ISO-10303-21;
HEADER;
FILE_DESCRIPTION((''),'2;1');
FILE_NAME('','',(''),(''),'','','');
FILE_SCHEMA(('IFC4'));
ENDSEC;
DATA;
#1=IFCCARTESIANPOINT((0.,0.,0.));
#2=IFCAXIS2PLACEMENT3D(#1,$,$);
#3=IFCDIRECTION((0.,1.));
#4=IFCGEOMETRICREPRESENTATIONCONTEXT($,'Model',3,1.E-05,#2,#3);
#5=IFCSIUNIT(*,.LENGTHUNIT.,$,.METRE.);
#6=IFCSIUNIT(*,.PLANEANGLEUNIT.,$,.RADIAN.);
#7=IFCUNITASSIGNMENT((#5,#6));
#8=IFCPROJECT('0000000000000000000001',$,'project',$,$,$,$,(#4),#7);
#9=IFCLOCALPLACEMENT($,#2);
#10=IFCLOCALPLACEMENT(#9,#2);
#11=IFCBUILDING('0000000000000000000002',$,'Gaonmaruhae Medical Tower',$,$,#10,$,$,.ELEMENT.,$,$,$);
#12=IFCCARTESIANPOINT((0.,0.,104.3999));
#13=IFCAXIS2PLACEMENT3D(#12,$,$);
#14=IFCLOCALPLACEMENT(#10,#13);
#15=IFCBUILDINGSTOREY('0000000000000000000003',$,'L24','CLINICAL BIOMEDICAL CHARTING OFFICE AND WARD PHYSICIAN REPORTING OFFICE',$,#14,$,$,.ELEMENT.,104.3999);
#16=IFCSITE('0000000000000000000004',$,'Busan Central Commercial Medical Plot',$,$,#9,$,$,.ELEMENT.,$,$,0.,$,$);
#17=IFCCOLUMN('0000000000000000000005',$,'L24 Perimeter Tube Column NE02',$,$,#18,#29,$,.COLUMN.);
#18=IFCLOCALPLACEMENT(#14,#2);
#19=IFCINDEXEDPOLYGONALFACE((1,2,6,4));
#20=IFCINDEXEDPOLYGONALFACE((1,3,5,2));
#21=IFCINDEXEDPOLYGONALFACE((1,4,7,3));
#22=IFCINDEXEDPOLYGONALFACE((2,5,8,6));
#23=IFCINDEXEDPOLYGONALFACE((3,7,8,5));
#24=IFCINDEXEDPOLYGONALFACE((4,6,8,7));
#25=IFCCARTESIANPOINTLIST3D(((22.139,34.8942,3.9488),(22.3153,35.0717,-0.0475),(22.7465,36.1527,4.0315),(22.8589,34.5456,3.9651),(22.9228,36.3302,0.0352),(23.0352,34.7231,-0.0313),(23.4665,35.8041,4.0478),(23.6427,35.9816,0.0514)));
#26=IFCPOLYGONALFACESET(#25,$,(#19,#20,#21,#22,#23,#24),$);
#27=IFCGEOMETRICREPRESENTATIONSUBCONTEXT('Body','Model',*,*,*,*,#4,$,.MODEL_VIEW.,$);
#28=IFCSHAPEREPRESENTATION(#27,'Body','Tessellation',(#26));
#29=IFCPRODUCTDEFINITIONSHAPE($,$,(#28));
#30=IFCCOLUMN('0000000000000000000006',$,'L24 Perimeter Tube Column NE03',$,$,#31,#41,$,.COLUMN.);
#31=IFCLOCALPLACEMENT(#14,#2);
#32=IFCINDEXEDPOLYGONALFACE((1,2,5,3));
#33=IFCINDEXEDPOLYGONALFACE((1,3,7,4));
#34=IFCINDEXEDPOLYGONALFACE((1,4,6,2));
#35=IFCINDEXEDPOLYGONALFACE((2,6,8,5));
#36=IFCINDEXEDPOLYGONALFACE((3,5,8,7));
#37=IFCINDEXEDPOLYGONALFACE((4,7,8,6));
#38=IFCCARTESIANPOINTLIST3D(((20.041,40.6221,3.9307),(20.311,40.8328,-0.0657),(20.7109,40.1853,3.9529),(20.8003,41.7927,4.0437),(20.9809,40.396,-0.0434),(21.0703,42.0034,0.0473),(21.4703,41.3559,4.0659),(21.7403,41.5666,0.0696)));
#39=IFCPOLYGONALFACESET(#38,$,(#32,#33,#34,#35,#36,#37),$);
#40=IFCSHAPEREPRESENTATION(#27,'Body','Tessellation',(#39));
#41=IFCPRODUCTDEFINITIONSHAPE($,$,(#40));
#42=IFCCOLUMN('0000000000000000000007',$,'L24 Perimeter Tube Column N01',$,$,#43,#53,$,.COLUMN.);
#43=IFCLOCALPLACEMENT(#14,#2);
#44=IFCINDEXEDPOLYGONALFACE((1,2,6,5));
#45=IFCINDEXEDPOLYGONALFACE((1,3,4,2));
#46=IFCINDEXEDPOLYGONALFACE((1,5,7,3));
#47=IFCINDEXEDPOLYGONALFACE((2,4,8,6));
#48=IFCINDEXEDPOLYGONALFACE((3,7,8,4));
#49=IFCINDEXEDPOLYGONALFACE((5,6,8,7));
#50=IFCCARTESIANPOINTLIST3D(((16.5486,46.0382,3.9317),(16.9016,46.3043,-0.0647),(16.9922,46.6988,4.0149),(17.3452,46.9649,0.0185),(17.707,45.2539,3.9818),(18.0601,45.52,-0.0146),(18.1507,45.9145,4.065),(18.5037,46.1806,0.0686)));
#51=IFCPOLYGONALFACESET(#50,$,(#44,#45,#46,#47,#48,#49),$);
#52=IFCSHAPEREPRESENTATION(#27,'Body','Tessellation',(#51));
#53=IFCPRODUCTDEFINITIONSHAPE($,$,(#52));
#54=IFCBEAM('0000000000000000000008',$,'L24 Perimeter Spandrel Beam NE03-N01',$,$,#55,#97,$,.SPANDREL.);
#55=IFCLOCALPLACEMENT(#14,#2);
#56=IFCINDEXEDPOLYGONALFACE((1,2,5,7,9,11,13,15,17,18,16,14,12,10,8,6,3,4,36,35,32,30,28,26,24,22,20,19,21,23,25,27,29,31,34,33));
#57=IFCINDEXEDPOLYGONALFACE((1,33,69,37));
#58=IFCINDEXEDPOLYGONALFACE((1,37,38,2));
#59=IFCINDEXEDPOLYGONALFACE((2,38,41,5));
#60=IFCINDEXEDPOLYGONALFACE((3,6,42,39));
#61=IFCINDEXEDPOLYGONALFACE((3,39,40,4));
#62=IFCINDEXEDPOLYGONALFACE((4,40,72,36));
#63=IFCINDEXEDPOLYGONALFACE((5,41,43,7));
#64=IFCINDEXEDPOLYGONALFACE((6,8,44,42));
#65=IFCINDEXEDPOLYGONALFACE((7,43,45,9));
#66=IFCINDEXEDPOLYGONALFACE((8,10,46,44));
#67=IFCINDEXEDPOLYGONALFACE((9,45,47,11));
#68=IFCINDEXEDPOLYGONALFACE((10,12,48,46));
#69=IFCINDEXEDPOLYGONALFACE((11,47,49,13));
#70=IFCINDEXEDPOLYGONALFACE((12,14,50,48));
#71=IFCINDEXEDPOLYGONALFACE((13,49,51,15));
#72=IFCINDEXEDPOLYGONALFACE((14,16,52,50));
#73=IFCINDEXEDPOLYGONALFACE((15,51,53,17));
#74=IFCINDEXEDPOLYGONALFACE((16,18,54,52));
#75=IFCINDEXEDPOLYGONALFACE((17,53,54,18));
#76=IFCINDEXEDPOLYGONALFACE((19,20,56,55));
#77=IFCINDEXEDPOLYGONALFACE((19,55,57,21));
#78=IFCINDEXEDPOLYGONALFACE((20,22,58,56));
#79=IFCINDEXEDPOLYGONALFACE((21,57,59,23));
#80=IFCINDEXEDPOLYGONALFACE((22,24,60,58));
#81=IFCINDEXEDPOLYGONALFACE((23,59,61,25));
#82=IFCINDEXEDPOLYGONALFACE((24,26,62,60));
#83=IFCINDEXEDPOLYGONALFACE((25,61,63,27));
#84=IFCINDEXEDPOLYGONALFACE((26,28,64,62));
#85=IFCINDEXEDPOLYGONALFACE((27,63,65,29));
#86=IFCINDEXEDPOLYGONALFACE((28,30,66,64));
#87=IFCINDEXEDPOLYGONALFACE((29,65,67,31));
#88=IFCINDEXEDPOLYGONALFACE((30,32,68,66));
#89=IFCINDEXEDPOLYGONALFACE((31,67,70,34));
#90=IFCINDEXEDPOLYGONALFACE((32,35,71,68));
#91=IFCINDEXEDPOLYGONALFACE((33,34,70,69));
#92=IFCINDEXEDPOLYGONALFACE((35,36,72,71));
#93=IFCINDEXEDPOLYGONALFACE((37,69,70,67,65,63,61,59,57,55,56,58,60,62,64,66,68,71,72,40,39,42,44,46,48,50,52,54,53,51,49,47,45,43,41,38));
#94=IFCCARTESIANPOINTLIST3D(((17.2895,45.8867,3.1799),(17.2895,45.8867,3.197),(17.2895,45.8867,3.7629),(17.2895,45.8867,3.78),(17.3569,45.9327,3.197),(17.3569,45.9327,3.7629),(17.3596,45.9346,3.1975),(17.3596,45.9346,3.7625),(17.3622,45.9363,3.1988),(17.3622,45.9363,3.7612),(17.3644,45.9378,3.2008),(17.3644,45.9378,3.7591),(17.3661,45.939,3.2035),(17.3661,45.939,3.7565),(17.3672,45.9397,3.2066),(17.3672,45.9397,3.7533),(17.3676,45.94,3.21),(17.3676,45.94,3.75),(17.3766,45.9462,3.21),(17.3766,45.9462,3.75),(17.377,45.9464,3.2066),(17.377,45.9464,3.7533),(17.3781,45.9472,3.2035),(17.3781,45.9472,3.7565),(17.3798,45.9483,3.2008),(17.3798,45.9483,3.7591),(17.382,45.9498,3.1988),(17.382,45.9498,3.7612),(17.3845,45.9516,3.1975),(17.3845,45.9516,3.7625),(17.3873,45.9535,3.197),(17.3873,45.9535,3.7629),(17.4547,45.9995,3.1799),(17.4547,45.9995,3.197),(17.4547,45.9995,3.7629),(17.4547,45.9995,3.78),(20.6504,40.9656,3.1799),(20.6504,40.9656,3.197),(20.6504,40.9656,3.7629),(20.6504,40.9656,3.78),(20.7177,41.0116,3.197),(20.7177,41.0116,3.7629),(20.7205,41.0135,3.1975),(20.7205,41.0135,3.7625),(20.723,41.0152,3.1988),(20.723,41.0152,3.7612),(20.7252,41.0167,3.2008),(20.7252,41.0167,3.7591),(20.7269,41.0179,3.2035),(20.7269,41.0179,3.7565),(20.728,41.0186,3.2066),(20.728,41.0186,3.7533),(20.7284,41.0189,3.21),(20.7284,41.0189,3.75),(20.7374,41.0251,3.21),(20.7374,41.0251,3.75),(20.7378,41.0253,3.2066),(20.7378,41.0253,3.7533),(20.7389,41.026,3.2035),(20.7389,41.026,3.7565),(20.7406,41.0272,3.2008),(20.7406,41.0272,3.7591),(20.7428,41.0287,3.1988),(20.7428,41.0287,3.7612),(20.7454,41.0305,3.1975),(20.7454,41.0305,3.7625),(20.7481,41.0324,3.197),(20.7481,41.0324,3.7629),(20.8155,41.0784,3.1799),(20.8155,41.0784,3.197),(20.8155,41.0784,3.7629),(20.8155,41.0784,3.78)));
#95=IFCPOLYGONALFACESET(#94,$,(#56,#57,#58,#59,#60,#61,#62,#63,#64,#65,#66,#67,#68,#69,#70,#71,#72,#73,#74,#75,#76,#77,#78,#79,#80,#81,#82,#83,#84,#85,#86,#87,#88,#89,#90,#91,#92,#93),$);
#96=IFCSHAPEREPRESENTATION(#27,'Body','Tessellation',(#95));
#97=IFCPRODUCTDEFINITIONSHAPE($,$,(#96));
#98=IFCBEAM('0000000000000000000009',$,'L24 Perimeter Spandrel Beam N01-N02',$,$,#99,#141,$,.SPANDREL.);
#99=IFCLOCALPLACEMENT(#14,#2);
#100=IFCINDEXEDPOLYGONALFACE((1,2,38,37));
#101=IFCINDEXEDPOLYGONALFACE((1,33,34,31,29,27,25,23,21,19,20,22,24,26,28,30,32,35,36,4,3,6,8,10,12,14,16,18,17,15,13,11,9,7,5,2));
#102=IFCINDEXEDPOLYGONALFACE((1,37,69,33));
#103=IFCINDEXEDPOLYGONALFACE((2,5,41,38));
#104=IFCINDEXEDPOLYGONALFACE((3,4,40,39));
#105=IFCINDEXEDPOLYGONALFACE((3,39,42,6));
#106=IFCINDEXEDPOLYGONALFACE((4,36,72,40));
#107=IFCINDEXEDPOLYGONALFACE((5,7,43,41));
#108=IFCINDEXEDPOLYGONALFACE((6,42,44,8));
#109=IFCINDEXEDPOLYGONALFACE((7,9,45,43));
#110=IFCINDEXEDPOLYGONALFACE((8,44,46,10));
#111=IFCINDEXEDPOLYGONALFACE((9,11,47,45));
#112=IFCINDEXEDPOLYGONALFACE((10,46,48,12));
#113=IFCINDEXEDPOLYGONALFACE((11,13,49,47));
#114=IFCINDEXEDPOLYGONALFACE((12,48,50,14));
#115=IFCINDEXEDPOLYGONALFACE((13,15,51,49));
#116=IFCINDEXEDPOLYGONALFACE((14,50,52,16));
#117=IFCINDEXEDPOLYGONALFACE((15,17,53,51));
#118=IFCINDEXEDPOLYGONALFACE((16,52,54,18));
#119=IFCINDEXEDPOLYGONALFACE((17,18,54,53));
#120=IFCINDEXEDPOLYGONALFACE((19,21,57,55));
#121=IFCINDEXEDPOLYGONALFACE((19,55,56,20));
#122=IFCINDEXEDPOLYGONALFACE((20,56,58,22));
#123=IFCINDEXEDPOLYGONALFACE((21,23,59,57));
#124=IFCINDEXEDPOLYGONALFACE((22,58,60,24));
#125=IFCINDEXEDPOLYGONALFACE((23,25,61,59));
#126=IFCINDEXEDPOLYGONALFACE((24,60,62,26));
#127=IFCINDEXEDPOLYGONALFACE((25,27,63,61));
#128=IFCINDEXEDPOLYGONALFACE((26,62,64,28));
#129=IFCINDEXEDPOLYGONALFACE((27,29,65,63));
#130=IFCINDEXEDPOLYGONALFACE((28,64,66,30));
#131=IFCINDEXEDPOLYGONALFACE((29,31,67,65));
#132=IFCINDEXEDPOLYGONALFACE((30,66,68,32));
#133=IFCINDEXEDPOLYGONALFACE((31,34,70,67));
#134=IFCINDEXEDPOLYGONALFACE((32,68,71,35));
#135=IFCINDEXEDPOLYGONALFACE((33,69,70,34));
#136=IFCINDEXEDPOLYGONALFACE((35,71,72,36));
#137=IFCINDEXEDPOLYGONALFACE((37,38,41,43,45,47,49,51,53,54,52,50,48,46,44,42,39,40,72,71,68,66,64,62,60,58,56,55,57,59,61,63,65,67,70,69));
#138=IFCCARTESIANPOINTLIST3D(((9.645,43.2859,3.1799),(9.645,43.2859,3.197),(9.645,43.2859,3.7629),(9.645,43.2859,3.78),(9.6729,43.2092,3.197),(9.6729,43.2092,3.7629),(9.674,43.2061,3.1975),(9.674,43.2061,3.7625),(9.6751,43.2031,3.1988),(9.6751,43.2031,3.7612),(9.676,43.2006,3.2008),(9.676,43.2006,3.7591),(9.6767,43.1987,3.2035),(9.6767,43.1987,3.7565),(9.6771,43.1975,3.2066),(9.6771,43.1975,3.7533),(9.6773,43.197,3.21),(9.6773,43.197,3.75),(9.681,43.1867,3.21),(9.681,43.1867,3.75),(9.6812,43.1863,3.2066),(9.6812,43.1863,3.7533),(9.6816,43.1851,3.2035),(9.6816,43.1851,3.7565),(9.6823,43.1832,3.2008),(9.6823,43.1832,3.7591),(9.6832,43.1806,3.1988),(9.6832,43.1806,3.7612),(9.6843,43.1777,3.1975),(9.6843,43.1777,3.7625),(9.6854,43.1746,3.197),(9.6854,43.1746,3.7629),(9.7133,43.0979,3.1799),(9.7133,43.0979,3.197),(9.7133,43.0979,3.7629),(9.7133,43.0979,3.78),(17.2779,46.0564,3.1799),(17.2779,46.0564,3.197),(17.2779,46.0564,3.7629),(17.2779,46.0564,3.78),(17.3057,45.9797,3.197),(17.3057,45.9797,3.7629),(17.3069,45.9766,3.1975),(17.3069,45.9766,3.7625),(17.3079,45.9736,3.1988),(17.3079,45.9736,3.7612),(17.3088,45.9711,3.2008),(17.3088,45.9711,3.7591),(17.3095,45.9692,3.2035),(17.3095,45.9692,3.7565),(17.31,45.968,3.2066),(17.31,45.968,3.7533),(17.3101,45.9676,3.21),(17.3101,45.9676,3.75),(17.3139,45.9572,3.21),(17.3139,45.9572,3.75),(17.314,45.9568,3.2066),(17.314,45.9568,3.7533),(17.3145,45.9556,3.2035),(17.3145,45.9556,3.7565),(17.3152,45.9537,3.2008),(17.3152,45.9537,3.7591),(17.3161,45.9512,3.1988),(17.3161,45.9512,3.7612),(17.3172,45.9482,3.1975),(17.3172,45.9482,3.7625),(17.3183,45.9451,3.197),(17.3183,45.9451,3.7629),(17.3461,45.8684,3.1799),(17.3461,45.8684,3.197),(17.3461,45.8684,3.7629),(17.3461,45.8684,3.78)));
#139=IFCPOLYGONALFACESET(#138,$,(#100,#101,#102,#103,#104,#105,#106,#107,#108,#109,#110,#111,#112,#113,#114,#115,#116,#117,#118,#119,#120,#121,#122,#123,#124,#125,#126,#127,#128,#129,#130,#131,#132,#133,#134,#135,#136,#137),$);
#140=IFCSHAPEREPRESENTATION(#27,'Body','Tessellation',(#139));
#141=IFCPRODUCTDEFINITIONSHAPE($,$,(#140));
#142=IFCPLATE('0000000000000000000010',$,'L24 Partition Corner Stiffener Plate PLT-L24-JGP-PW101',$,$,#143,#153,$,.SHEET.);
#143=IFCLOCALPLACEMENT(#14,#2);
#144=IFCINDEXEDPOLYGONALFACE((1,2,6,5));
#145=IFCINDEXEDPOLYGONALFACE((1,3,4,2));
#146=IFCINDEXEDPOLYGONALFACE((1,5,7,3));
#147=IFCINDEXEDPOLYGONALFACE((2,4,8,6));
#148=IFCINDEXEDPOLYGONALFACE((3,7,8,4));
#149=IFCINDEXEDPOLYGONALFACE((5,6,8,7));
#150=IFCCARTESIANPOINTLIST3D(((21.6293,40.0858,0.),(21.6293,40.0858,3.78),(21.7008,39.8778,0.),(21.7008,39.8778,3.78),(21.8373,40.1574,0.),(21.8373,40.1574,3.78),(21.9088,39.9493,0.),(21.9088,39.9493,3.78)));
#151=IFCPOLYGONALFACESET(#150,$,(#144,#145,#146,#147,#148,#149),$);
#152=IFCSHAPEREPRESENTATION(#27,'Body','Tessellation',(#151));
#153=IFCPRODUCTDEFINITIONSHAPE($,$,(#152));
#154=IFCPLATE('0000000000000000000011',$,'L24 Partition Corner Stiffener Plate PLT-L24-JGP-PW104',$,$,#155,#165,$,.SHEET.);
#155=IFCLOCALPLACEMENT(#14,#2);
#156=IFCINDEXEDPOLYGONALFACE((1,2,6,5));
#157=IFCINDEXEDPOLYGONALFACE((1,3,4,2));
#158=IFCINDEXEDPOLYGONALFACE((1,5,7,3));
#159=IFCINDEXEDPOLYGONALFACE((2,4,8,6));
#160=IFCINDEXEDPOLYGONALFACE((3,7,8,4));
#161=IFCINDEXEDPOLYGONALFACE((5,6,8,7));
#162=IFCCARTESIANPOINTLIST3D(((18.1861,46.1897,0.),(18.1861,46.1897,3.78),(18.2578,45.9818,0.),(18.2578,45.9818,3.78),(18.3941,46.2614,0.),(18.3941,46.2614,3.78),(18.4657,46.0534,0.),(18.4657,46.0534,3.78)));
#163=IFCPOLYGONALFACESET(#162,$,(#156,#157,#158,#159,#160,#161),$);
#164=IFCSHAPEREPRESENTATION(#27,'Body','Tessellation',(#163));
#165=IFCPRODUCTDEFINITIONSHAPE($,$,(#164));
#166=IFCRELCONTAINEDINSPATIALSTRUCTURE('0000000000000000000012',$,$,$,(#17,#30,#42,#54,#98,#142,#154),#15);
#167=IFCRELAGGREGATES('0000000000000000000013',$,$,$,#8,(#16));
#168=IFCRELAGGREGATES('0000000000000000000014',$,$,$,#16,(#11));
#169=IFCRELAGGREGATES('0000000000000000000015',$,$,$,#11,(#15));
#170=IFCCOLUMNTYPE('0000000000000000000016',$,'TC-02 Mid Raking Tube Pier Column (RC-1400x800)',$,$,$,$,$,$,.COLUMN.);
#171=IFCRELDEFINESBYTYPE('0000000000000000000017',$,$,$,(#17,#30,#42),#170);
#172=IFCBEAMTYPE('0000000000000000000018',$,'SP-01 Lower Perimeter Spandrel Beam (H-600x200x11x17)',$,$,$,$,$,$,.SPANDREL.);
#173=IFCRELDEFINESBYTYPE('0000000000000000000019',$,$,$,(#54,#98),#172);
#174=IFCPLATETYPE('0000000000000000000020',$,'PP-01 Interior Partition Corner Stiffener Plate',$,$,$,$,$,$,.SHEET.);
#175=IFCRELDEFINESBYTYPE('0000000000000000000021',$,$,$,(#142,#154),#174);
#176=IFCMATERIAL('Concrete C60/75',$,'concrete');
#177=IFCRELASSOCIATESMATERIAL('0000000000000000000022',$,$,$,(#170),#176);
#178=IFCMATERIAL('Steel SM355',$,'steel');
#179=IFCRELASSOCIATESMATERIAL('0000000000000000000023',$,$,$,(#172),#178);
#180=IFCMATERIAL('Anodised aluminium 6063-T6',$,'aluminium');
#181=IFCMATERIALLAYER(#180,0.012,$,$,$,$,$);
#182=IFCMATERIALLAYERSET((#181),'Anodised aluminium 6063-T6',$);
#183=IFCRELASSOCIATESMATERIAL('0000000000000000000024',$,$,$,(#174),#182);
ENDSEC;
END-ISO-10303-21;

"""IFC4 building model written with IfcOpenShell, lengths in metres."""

from ifc_helpers import new_model, si_unit, direction, frame, origin, origin_2d, place, context, subcontext, project, spatial, rectangle, i_section, extrude, material, layer, layer_set, material_profile, profile_set, type_object, element, save


model = new_model("IFC4")

# Units and contexts
model_context = context("Model", 3, precision=1e-05, world=origin(), true_north=direction((0.0, 1.0)))
body_context = subcontext(model_context, "Body", "Model", "MODEL_VIEW")
ifc_project = project(units=[si_unit("LENGTHUNIT", "METRE"), si_unit("PLANEANGLEUNIT", "RADIAN")], contexts=[model_context])

# Site, building, storey
site_placement = place(None, origin())
site = spatial("IfcSite", under=ifc_project, at=site_placement, Name="Busan Central Commercial Medical Plot", CompositionType="ELEMENT", RefElevation=0.0)
building_placement = place(site_placement, origin())
building = spatial("IfcBuilding", under=site, at=building_placement, Name="Gaonmaruhae Medical Tower", CompositionType="ELEMENT")
storey_placement = place(building_placement, frame((0.0, 0.0, 104.3999)))
storey = spatial("IfcBuildingStorey", under=building, at=storey_placement, Name="L24", Description="CLINICAL BIOMEDICAL CHARTING OFFICE AND WARD PHYSICIAN REPORTING OFFICE", CompositionType="ELEMENT", Elevation=104.3999)

# Columns
ifc_material_1 = material(Name="Concrete C60/75", Category="concrete")
ifc_material_profile_1 = material_profile(ifc_material_1, rectangle(XDim=1.3999, YDim=0.8, at=origin_2d()), Name="RC-1400x800")
ifc_profile_set_1 = profile_set([ifc_material_profile_1], Name="Concrete C60/75")
column_type = type_object("IfcColumnType", Name="TC-02 Mid Raking Tube Pier Column (RC-1400x800)", PredefinedType="COLUMN", material=ifc_profile_set_1)
column_1_placement = place(storey_placement, frame((22.979, 35.5266, 0.002), z_axis=(-0.044022, -0.044326, 0.998047), x_axis=(0.433966, 0.898991, 0.059068)))
element("IfcColumn", 1, at=column_1_placement, inside=storey, type_object=column_type, Name="L24 Perimeter Tube Column NE02", PredefinedType="COLUMN", context=body_context, shape_type="SweptSolid", body=[
    extrude(rectangle(XDim=1.3999, YDim=0.8, at=origin_2d()), origin(), (0.0, 0.0, 1.0), 4.0042),
])
column_2_placement = place(storey_placement, frame((21.0256, 41.1997, 0.002), z_axis=(-0.06732, -0.052529, 0.996348), x_axis=(0.542435, 0.836209, 0.080737)))
element("IfcColumn", 2, at=column_2_placement, inside=storey, type_object=column_type, Name="L24 Perimeter Tube Column NE03", PredefinedType="COLUMN", context=body_context, shape_type="SweptSolid", body=[
    extrude(rectangle(XDim=1.3999, YDim=0.8, at=origin_2d()), origin(), (0.0, 0.0, 1.0), 4.011),
])
column_3_placement = place(storey_placement, frame((17.7026, 46.2424, 0.002), z_axis=(-0.087802, -0.066186, 0.993937), x_axis=(0.82755, -0.560249, 0.035797)))
element("IfcColumn", 3, at=column_3_placement, inside=storey, type_object=column_type, Name="L24 Perimeter Tube Column N01", PredefinedType="COLUMN", context=body_context, shape_type="SweptSolid", body=[
    extrude(rectangle(XDim=1.3999, YDim=0.8, at=origin_2d()), origin(), (0.0, 0.0, 1.0), 4.0208),
])

# Beams
ifc_material_2 = material(Name="Steel SM355", Category="steel")
ifc_material_profile_2 = material_profile(ifc_material_2, i_section(OverallWidth=0.2, OverallDepth=0.6001, WebThickness=0.011, FlangeThickness=0.0171, FilletRadius=0.0129, at=origin_2d()), Name="H-600x200x11x17")
ifc_profile_set_2 = profile_set([ifc_material_profile_2], Name="Steel SM355")
beam_type = type_object("IfcBeamType", Name="SP-01 Lower Perimeter Spandrel Beam (H-600x200x11x17)", PredefinedType="SPANDREL", material=ifc_profile_set_2)
beam_1_placement = place(storey_placement, frame((20.7329, 41.022, 3.48), z_axis=(-0.563968, 0.825796, 0.0), x_axis=(-0.825796, -0.563968, 0.0)))
element("IfcBeam", 4, at=beam_1_placement, inside=storey, type_object=beam_type, Name="L24 Perimeter Spandrel Beam NE03-N01", PredefinedType="SPANDREL", context=body_context, shape_type="SweptSolid", body=[
    extrude(i_section(OverallWidth=0.2, OverallDepth=0.6001, WebThickness=0.011, FlangeThickness=0.0171, FilletRadius=0.0129, at=origin_2d()), origin(), (0.0, 0.0, 1.0), 5.9592),
])
beam_2_placement = place(storey_placement, frame((17.312, 45.9624, 3.48), z_axis=(-0.939993, -0.341193, 0.0), x_axis=(0.341193, -0.939993, 0.0)))
element("IfcBeam", 5, at=beam_2_placement, inside=storey, type_object=beam_type, Name="L24 Perimeter Spandrel Beam N01-N02", PredefinedType="SPANDREL", context=body_context, shape_type="SweptSolid", body=[
    extrude(i_section(OverallWidth=0.2, OverallDepth=0.6001, WebThickness=0.011, FlangeThickness=0.0171, FilletRadius=0.0129, at=origin_2d()), origin(), (0.0, 0.0, 1.0), 8.1201),
])

# Plates
ifc_material_3 = material(Name="Anodised aluminium 6063-T6", Category="aluminium")
ifc_layer_1 = layer(ifc_material_3, 0.012)
ifc_layer_set_1 = layer_set([ifc_layer_1], Name="Anodised aluminium 6063-T6")
plate_type = type_object("IfcPlateType", Name="PP-01 Interior Partition Corner Stiffener Plate", PredefinedType="SHEET", material=ifc_layer_set_1)
for number, where, z_axis, x_axis, name in (
    (6, (21.769, 40.0176, 0.0), (0.0, 0.0, 1.0), (-0.945632, -0.325238, 0.0), "L24 Partition Corner Stiffener Plate PLT-L24-JGP-PW101"),
    (7, (18.3259, 46.1216, 0.0), (0.0, 0.0, 1.0), (0.325717, -0.945467, 0.0), "L24 Partition Corner Stiffener Plate PLT-L24-JGP-PW104"),
):
    element("IfcPlate", number, at=place(storey_placement, frame(where, z_axis=z_axis, x_axis=x_axis)), inside=storey, type_object=plate_type, Name=name, PredefinedType="SHEET", context=body_context, shape_type="SweptSolid", body=[
        extrude(rectangle(XDim=0.22, YDim=0.22, at=origin_2d()), origin(), (0.0, 0.0, 1.0), 3.78),
    ])

save(model, "model.ifc")
